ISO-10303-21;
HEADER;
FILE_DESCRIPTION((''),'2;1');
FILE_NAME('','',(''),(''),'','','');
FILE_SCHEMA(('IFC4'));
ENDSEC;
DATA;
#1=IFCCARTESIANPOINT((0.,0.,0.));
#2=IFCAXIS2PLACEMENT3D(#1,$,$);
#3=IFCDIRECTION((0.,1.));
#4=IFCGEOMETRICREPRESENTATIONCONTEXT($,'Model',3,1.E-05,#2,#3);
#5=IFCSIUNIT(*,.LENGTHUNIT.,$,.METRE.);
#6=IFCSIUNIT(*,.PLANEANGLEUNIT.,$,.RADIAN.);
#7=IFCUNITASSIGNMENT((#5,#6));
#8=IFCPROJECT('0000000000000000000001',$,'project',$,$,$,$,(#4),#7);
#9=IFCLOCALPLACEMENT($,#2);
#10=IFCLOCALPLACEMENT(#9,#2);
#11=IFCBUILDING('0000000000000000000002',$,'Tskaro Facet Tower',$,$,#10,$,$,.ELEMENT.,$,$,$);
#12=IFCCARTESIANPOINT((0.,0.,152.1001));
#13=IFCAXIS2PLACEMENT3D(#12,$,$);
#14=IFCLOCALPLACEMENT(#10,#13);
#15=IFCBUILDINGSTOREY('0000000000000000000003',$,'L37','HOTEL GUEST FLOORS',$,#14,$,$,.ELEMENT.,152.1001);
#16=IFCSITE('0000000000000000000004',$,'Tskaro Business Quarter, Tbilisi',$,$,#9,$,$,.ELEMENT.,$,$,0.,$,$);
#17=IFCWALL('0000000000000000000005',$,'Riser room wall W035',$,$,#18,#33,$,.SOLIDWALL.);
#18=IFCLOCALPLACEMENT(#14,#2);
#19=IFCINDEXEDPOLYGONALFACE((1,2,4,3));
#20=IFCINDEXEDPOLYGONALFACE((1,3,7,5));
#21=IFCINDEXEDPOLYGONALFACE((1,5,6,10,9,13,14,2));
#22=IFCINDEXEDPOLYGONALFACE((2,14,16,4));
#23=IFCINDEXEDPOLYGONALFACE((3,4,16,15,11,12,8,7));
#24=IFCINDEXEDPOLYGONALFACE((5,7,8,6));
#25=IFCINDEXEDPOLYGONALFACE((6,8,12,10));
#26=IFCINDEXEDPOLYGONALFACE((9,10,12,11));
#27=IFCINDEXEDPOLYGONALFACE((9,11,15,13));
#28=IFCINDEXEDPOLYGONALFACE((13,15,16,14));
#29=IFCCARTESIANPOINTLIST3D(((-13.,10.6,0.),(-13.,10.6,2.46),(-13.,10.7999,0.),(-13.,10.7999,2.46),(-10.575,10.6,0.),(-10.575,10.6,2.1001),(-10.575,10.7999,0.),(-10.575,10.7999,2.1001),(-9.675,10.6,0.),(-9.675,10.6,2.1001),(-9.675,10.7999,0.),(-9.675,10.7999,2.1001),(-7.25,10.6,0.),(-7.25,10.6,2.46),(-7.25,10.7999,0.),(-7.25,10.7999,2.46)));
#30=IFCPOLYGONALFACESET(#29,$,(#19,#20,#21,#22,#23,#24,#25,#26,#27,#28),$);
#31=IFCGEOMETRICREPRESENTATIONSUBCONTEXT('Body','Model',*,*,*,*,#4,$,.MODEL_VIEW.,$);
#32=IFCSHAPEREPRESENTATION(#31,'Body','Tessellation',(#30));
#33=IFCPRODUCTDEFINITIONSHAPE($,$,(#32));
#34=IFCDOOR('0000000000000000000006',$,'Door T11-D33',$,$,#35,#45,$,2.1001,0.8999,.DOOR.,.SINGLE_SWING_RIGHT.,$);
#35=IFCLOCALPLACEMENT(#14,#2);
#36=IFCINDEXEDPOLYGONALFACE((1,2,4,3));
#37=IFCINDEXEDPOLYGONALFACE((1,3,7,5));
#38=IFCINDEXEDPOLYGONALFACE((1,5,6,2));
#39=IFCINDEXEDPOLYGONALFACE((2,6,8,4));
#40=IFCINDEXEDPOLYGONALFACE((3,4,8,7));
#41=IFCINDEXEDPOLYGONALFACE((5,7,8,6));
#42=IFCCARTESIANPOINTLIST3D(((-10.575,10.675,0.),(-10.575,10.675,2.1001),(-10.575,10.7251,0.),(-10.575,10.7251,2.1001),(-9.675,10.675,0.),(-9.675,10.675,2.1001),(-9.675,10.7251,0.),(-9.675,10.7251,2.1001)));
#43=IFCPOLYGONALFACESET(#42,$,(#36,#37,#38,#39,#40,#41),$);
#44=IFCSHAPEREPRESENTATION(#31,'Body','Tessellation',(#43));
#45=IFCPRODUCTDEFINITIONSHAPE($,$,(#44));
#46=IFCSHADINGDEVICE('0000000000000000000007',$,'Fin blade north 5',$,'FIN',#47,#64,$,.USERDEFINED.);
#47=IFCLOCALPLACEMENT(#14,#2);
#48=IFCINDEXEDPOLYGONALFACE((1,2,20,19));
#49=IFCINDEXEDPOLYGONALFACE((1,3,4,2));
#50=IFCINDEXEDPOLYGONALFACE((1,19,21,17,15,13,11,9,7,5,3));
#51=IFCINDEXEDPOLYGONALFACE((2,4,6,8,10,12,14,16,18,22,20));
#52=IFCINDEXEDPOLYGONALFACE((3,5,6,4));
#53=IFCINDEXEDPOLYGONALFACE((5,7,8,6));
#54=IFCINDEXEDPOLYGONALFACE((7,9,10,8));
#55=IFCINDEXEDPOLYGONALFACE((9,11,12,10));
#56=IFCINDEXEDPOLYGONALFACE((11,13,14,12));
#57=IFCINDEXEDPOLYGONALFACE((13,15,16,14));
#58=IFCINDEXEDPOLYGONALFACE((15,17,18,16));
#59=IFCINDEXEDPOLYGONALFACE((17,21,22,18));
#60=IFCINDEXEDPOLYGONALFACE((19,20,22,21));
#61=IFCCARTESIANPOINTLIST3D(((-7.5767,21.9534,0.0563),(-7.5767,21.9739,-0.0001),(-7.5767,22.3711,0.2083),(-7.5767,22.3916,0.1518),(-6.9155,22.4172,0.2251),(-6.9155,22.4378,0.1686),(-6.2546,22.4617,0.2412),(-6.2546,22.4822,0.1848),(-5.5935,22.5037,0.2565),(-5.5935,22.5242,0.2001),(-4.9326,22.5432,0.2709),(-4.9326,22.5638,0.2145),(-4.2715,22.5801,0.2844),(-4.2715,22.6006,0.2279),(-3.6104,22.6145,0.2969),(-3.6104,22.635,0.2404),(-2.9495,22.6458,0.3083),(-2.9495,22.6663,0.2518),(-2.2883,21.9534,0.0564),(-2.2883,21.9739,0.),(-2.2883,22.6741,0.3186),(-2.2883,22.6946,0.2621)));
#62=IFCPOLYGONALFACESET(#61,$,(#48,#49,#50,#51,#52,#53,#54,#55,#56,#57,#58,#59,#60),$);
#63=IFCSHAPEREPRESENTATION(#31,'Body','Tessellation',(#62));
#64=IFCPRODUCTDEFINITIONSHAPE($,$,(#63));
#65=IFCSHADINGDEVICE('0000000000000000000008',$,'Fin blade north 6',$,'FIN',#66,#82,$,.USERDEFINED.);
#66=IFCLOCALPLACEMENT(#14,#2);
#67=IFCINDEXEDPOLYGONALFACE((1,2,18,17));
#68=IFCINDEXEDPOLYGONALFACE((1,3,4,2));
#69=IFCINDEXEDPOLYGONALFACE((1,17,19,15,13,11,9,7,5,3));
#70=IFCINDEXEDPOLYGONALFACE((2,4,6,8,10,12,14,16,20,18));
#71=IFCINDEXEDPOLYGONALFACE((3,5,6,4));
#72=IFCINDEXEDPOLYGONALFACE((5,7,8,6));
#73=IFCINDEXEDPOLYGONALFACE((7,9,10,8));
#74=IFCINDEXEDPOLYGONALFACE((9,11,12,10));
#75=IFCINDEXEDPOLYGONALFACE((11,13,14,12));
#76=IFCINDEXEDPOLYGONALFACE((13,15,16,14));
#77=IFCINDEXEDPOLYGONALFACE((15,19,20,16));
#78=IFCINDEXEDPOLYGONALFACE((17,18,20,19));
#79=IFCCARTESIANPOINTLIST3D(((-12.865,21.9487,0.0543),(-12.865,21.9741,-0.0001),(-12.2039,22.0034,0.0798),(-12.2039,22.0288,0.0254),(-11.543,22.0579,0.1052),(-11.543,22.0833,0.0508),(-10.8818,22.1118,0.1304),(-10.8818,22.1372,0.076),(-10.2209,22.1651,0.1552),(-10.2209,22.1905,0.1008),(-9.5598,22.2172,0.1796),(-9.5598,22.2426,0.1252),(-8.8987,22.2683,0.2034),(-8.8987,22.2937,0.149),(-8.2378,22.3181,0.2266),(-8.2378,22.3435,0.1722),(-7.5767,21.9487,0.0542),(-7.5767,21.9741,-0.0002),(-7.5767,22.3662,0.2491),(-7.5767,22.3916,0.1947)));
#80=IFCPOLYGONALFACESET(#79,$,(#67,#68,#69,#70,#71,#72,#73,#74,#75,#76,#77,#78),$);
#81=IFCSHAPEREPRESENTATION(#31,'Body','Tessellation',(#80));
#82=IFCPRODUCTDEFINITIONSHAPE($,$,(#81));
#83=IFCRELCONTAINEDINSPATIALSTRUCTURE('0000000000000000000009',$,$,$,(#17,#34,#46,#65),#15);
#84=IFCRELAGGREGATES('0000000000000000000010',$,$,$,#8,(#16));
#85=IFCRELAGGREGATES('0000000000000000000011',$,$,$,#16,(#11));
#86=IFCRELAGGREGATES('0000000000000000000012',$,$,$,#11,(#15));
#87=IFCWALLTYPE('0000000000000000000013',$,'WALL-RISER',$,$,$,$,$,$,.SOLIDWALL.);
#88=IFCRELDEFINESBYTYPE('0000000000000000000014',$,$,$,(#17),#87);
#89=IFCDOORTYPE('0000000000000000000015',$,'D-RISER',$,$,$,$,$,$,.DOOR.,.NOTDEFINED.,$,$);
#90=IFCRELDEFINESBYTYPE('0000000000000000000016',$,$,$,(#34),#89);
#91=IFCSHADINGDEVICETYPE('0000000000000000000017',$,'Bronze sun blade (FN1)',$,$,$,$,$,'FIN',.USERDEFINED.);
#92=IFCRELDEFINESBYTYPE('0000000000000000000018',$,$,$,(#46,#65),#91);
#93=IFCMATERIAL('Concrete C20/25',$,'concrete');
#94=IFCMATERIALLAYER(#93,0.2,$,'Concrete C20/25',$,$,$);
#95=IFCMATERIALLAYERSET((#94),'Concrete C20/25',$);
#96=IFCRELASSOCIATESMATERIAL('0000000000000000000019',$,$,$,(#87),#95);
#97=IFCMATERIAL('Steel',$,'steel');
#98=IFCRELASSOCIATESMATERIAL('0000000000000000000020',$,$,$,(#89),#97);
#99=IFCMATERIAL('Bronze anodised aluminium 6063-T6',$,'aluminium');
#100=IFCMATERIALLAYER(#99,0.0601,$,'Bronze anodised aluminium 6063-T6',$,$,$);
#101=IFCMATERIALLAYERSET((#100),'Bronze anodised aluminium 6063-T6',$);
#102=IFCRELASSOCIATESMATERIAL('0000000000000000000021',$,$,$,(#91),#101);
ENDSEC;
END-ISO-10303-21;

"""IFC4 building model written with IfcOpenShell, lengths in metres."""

from ifc_helpers import new_model, si_unit, direction, frame, frame_2d, origin, place, context, subcontext, project, spatial, polyline, rectangle, outline, extrude, material, layer, layer_set, type_object, element, fill, save


model = new_model("IFC4")

# Units and contexts
model_context = context("Model", 3, precision=1e-05, world=origin(), true_north=direction((0.0, 1.0)))
body_context = subcontext(model_context, "Body", "Model", "MODEL_VIEW")
ifc_project = project(units=[si_unit("LENGTHUNIT", "METRE"), si_unit("PLANEANGLEUNIT", "RADIAN")], contexts=[model_context])

# Site, building, storey
site_placement = place(None, origin())
site = spatial("IfcSite", under=ifc_project, at=site_placement, Name="Tskaro Business Quarter, Tbilisi", CompositionType="ELEMENT", RefElevation=0.0)
building_placement = place(site_placement, origin())
building = spatial("IfcBuilding", under=site, at=building_placement, Name="Tskaro Facet Tower", CompositionType="ELEMENT")
storey_placement = place(building_placement, frame((0.0, 0.0, 152.1001)))
storey = spatial("IfcBuildingStorey", under=building, at=storey_placement, Name="L37", Description="HOTEL GUEST FLOORS", CompositionType="ELEMENT", Elevation=152.1001)

# Shared definitions
ifc_material_1 = material(Name="Bronze anodised aluminium 6063-T6", Category="aluminium")

# Wall, opening, door
ifc_material_2 = material(Name="Concrete C20/25", Category="concrete")
ifc_layer_1 = layer(ifc_material_2, 0.2, Name="Concrete C20/25")
ifc_layer_set_1 = layer_set([ifc_layer_1], Name="Concrete C20/25")
wall_type_1 = type_object("IfcWallType", Name="WALL-RISER", PredefinedType="SOLIDWALL", material=ifc_layer_set_1)
wall_1_placement = place(storey_placement, frame((-7.25, 10.7, 0.0), z_axis=(0.0, 0.0, 1.0), x_axis=(-1.0, 0.0, 0.0)))
wall_1 = element("IfcWall", 1, at=wall_1_placement, inside=storey, type_object=wall_type_1, Name="Riser room wall W035", PredefinedType="SOLIDWALL", context=body_context, shape_type="SweptSolid", body=[
    extrude(rectangle(XDim=5.75, YDim=0.2, at=frame_2d((2.875, 0.0))), origin(), (0.0, 0.0, 1.0), 2.46),
])
opening_1_placement = place(wall_1_placement, frame((2.425, 0.0, 0.0)))
opening_1 = element("IfcOpeningElement", 2, at=opening_1_placement, cuts=wall_1, PredefinedType="OPENING", context=body_context, shape_type="SweptSolid", body=[
    extrude(rectangle(XDim=0.8999, YDim=2.1001, at=frame_2d((0.45, 1.05))), frame((0.0, 0.1099, 0.0), z_axis=(0.0, -1.0, 0.0), x_axis=(1.0, 0.0, 0.0)), (0.0, 0.0, 1.0), 0.22),
])
ifc_material_3 = material(Name="Steel", Category="steel")
door_type_1 = type_object("IfcDoorType", Name="D-RISER", OperationType="NOTDEFINED", PredefinedType="DOOR", material=ifc_material_3)
door_1_placement = place(opening_1_placement, origin())
door_1 = element("IfcDoor", 3, at=door_1_placement, inside=storey, type_object=door_type_1, Name="Door T11-D33", OperationType="SINGLE_SWING_RIGHT", OverallHeight=2.1001, OverallWidth=0.8999, PredefinedType="DOOR", context=body_context, shape_type="SweptSolid", body=[
    extrude(rectangle(XDim=0.8999, YDim=2.1001, at=frame_2d((0.45, 1.05))), frame((0.0, 0.0249, 0.0), z_axis=(0.0, -1.0, 0.0), x_axis=(1.0, 0.0, 0.0)), (0.0, 0.0, 1.0), 0.05),
])
fill(opening_1, door_1)

# Shading devices
ifc_layer_2 = layer(ifc_material_1, 0.0601, Name="Bronze anodised aluminium 6063-T6")
ifc_layer_set_2 = layer_set([ifc_layer_2], Name="Bronze anodised aluminium 6063-T6")
shading_device_type = type_object("IfcShadingDeviceType", Name="Bronze sun blade (FN1)", ElementType="FIN", PredefinedType="USERDEFINED", material=ifc_layer_set_2)
shading_device_1_placement = place(storey_placement, frame((-2.2883, 21.9534, 0.0564), z_axis=(-0.000011, -0.341854, 0.939753), x_axis=(-1.0, 0.000004, -0.00001)))
element("IfcShadingDevice", 4, at=shading_device_1_placement, inside=storey, type_object=shading_device_type, Name="Fin blade north 5", ObjectType="FIN", PredefinedType="USERDEFINED", context=body_context, shape_type="SweptSolid", body=[
    extrude(outline(polyline([(0.0, 0.0), (5.2883, 0.0), (5.2883, -0.4445), (4.6272, -0.4936), (3.9663, -0.5409), (3.3052, -0.5856), (2.6443, -0.6277), (1.9832, -0.6669), (1.322, -0.7035), (0.6611, -0.7368), (0.0, -0.7669), (0.0, 0.0)])), origin(), (0.0, 0.0, -1.0), 0.0601),
])
shading_device_2_placement = place(storey_placement, frame((-7.5767, 21.9487, 0.0542), z_axis=(0.000015, -0.423034, 0.906114), x_axis=(-1.0, -0.000006, 0.000013)))
element("IfcShadingDevice", 5, at=shading_device_2_placement, inside=storey, type_object=shading_device_type, Name="Fin blade north 6", ObjectType="FIN", PredefinedType="USERDEFINED", context=body_context, shape_type="SweptSolid", body=[
    extrude(outline(polyline([(0.0, 0.0), (5.2883, 0.0), (4.6272, -0.0604), (3.9663, -0.1205), (3.3052, -0.18), (2.6443, -0.2388), (1.9832, -0.2963), (1.322, -0.3527), (0.6611, -0.4076), (0.0, -0.4607), (0.0, 0.0)])), origin(), (0.0, 0.0, -1.0), 0.0601),
])

save(model, "model.ifc")
